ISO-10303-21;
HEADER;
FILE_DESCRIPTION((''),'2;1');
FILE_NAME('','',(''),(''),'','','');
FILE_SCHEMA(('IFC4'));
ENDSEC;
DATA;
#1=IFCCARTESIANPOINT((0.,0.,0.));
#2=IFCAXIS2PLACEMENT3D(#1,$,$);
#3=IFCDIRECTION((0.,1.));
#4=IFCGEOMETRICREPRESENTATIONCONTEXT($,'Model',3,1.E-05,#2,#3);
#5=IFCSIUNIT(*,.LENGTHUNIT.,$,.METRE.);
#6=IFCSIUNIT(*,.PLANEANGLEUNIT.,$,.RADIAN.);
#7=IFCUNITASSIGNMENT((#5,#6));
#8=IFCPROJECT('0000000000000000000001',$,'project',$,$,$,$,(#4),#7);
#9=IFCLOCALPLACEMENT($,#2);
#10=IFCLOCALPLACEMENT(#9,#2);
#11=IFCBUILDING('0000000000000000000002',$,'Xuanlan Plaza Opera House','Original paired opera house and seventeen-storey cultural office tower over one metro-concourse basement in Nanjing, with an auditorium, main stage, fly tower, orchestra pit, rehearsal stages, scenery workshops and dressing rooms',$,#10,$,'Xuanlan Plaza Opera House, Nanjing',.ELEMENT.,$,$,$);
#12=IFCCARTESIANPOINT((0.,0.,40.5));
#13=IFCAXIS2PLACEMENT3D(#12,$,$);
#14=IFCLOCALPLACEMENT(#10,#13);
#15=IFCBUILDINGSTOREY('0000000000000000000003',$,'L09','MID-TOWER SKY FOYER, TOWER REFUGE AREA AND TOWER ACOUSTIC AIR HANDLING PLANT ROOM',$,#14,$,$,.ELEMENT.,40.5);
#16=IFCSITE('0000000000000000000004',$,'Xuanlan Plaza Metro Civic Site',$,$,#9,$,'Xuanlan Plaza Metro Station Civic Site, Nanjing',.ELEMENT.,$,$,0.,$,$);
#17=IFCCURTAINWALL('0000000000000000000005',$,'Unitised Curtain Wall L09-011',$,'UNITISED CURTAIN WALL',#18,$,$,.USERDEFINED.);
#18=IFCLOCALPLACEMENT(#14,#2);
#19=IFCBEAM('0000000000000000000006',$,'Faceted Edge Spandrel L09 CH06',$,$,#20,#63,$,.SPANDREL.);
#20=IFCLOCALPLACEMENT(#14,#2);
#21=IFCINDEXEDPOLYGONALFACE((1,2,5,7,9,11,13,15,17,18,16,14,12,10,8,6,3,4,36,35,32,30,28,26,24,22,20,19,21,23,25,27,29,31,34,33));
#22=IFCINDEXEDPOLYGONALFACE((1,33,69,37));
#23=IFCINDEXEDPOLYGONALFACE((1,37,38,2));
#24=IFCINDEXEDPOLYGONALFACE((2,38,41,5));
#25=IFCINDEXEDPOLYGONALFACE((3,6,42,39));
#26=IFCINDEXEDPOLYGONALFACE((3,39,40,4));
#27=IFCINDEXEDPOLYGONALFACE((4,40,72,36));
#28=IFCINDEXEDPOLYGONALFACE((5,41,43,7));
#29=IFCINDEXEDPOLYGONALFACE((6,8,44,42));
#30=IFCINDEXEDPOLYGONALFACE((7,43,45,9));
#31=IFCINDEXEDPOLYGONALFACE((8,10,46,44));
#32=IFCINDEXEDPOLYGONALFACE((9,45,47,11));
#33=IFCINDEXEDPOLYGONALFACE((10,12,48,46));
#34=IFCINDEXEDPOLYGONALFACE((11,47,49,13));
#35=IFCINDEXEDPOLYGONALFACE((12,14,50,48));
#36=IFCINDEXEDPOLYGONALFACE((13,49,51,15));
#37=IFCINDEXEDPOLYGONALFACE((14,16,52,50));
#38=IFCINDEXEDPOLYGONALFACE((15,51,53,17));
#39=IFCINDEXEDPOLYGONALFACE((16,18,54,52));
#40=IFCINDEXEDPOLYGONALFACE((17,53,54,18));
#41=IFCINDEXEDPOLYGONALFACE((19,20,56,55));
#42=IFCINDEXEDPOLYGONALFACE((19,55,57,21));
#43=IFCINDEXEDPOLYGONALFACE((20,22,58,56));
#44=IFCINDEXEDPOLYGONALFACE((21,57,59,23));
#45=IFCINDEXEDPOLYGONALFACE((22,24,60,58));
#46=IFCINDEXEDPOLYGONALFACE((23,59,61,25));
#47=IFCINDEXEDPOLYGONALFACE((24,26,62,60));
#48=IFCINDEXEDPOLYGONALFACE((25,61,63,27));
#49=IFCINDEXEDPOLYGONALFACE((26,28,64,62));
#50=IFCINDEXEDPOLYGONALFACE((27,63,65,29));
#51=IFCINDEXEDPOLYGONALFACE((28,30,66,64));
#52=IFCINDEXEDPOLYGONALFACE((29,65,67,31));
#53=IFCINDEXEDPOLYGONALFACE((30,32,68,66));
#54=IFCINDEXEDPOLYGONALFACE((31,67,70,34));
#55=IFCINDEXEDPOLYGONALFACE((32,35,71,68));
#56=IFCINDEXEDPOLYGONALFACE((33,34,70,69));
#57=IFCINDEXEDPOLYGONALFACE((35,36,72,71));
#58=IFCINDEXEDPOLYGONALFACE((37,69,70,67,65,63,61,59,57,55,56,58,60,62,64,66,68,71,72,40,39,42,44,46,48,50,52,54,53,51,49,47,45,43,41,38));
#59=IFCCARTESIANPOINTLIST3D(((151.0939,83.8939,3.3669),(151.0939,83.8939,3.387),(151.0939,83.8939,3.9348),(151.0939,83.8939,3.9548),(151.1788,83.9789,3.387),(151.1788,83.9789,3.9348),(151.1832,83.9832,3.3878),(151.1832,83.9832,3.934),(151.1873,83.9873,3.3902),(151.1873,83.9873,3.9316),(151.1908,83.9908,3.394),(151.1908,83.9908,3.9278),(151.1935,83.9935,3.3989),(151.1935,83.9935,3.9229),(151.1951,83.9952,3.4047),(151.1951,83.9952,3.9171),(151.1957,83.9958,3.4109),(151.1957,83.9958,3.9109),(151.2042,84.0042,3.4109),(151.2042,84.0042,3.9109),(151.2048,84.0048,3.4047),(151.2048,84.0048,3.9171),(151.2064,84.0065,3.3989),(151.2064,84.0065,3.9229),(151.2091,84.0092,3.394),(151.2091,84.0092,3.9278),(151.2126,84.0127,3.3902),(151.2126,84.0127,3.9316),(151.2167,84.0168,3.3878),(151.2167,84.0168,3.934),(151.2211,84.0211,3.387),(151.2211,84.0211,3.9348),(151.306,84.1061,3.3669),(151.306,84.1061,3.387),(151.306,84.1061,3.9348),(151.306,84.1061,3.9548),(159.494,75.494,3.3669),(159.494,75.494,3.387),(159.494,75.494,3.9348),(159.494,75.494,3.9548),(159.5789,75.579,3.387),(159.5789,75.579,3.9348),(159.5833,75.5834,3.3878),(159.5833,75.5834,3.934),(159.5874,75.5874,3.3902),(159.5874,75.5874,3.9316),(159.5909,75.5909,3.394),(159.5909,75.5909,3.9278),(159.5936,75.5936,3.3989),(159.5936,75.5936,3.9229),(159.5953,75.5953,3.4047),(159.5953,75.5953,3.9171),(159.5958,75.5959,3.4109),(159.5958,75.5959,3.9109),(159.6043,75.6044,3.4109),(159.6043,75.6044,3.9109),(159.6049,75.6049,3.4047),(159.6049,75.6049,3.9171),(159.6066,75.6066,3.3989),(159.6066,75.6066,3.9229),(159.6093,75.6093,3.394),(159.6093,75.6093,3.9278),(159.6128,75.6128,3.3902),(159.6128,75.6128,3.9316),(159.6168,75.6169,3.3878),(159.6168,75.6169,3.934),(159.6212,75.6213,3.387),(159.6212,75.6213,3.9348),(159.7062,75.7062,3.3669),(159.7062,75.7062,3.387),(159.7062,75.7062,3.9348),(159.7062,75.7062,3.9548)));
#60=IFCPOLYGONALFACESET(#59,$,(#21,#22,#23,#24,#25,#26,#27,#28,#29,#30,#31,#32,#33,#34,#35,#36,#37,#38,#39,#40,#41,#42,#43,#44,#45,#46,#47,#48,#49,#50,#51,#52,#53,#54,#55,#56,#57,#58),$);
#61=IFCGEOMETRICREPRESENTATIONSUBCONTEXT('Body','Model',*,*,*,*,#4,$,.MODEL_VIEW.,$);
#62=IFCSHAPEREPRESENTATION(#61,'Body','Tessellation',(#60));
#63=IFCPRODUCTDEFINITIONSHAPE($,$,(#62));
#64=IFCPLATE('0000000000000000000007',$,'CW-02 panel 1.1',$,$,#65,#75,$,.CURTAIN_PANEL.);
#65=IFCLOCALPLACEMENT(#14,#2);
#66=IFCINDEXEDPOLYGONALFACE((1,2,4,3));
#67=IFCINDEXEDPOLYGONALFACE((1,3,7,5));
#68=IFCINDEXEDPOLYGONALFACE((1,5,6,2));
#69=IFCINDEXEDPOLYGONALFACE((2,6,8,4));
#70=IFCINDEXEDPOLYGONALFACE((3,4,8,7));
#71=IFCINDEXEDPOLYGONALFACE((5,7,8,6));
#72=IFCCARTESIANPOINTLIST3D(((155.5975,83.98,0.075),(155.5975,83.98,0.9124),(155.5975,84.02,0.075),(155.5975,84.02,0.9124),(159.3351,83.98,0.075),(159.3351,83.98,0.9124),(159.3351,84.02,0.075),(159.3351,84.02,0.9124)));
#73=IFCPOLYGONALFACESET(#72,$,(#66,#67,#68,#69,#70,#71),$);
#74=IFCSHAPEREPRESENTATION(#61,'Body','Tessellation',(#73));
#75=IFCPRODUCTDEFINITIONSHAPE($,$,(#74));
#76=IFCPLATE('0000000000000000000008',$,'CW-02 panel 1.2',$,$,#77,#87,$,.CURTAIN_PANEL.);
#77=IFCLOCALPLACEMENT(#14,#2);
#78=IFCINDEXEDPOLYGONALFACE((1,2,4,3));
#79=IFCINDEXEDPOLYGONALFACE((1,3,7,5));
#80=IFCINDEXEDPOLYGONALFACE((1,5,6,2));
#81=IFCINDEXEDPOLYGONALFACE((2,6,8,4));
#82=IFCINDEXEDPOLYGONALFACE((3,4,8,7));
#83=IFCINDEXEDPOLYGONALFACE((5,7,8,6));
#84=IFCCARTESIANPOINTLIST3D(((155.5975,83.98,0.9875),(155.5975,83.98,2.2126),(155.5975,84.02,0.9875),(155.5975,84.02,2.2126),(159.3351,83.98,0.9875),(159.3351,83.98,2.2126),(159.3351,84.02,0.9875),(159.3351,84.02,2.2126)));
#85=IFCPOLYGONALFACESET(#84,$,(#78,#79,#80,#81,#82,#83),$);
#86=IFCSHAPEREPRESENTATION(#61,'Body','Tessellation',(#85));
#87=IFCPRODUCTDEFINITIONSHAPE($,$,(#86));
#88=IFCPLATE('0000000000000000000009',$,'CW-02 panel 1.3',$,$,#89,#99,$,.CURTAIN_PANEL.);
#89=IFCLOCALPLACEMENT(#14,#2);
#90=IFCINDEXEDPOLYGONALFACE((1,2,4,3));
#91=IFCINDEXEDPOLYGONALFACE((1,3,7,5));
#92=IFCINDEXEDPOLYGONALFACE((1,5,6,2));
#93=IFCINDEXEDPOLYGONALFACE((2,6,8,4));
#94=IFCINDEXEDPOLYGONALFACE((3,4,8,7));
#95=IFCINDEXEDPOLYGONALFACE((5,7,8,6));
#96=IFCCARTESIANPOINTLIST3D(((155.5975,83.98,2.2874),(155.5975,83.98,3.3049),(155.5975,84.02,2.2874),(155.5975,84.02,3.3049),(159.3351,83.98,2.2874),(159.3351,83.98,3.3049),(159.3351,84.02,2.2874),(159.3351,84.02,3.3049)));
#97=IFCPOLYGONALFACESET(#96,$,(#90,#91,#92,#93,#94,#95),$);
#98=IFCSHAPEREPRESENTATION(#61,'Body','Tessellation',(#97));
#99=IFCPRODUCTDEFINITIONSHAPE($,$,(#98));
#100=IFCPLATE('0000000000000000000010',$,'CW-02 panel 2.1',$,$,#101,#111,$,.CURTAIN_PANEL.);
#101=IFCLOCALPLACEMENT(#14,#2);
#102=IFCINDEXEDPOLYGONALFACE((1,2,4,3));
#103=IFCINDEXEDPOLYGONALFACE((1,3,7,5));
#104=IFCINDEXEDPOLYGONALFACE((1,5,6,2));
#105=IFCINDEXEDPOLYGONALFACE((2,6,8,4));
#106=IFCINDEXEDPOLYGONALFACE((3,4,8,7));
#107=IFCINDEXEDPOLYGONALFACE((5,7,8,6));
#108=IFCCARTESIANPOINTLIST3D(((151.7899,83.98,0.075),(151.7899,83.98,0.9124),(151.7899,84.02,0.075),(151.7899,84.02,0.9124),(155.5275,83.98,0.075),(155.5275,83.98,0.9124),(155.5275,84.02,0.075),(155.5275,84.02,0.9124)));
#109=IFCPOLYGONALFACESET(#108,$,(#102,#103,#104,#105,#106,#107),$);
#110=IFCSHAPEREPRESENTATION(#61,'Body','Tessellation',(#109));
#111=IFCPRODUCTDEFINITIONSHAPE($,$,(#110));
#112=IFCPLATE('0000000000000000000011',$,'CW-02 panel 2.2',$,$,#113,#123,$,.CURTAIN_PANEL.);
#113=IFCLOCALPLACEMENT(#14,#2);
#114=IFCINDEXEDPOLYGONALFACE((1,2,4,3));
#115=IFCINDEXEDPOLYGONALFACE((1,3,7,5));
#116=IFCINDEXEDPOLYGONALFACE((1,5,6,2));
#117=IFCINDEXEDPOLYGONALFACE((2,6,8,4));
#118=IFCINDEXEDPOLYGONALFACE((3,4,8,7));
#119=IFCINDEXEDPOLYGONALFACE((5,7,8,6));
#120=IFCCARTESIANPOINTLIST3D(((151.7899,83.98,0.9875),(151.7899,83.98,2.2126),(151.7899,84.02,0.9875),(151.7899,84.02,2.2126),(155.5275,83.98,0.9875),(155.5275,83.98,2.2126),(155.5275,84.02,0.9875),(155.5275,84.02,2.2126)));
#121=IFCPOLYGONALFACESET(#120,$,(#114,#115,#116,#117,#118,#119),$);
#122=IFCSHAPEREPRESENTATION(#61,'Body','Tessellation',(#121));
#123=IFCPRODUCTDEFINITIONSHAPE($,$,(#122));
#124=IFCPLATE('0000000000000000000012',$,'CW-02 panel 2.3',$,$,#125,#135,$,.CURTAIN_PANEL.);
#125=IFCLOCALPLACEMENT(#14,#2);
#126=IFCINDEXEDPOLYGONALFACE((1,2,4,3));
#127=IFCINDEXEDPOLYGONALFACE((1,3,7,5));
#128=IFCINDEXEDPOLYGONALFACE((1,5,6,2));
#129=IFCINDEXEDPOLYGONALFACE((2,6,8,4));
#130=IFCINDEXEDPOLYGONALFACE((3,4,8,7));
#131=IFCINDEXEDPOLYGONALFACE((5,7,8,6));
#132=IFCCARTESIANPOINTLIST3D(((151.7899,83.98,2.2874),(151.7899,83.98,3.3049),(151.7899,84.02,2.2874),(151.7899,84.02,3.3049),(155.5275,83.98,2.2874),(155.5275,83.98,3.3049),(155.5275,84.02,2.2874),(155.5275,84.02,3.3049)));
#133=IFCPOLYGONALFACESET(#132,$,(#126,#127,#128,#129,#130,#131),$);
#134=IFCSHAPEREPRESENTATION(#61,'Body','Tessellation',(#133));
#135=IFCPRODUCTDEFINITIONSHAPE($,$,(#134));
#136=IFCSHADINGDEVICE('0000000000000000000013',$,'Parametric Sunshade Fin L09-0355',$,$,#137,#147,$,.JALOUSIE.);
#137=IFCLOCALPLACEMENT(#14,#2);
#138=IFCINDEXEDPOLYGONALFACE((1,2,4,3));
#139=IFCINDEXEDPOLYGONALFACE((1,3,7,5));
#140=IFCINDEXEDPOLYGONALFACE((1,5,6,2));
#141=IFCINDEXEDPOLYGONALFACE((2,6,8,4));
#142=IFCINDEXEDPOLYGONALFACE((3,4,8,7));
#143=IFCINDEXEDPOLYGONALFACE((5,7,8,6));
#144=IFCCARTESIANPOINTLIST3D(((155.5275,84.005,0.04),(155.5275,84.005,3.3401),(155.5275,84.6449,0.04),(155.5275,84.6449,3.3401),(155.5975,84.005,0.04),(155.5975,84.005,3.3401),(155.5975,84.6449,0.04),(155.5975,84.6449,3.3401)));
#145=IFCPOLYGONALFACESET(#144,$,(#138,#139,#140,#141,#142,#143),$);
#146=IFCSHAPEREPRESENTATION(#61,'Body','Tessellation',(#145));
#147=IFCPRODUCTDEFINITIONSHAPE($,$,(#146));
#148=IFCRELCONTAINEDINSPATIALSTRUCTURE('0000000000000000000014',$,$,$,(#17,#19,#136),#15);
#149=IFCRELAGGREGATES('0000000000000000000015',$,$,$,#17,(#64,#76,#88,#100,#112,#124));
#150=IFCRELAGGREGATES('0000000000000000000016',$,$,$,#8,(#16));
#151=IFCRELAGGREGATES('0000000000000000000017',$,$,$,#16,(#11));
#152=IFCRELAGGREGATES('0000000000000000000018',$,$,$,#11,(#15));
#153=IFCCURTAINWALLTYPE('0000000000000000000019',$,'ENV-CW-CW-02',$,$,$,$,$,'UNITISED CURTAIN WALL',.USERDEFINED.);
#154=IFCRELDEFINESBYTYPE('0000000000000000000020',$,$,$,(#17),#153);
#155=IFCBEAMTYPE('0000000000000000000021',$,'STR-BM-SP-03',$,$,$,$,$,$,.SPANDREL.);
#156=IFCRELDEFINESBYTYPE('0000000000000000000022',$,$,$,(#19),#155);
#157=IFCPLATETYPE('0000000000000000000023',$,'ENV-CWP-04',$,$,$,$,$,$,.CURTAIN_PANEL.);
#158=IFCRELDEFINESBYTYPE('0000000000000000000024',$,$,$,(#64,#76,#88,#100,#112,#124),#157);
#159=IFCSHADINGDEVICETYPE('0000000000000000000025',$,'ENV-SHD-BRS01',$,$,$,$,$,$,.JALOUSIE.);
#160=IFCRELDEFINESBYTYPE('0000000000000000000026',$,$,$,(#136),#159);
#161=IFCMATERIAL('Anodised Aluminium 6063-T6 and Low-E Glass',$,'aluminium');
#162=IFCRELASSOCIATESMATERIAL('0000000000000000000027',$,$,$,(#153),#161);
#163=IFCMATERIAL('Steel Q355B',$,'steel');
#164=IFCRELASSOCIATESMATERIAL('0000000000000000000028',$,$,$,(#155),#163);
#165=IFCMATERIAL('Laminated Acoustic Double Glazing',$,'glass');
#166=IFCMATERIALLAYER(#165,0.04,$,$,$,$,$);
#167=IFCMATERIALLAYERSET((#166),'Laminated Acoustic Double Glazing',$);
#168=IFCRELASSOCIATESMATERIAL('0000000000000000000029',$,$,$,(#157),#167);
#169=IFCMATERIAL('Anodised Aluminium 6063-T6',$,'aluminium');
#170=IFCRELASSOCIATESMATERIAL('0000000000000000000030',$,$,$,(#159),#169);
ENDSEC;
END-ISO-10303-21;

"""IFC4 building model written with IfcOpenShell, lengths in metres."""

from ifc_helpers import new_model, si_unit, direction, frame, origin, origin_2d, place, context, subcontext, project, spatial, rectangle, i_section, extrude, material, layer, layer_set, material_profile, profile_set, type_object, element, aggregate, save


model = new_model("IFC4")

# Units and contexts
model_context = context("Model", 3, precision=1e-05, world=origin(), true_north=direction((0.0, 1.0)))
body_context = subcontext(model_context, "Body", "Model", "MODEL_VIEW")
ifc_project = project(units=[si_unit("LENGTHUNIT", "METRE"), si_unit("PLANEANGLEUNIT", "RADIAN")], contexts=[model_context])

# Site, building, storey
site_placement = place(None, origin())
site = spatial("IfcSite", under=ifc_project, at=site_placement, Name="Xuanlan Plaza Metro Civic Site", LongName="Xuanlan Plaza Metro Station Civic Site, Nanjing", CompositionType="ELEMENT", RefElevation=0.0)
building_placement = place(site_placement, origin())
building = spatial("IfcBuilding", under=site, at=building_placement, Name="Xuanlan Plaza Opera House", Description="Original paired opera house and seventeen-storey cultural office tower over one metro-concourse basement in Nanjing, with an auditorium, main stage, fly tower, orchestra pit, rehearsal stages, scenery workshops and dressing rooms", LongName="Xuanlan Plaza Opera House, Nanjing", CompositionType="ELEMENT")
storey_placement = place(building_placement, frame((0.0, 0.0, 40.5)))
storey = spatial("IfcBuildingStorey", under=building, at=storey_placement, Name="L09", Description="MID-TOWER SKY FOYER, TOWER REFUGE AREA AND TOWER ACOUSTIC AIR HANDLING PLANT ROOM", CompositionType="ELEMENT", Elevation=40.5)

# Shared definitions
ifc_material_1 = material(Name="Steel Q355B", Category="steel")

# Curtain wall
ifc_material_2 = material(Name="Anodised Aluminium 6063-T6 and Low-E Glass", Category="aluminium")
curtain_wall_type = type_object("IfcCurtainWallType", Name="ENV-CW-CW-02", ElementType="UNITISED CURTAIN WALL", PredefinedType="USERDEFINED", material=ifc_material_2)
curtain_wall_placement = place(storey_placement, origin())
curtain_wall = element("IfcCurtainWall", 1, at=curtain_wall_placement, inside=storey, type_object=curtain_wall_type, Name="Unitised Curtain Wall L09-011", ObjectType="UNITISED CURTAIN WALL", PredefinedType="USERDEFINED")
ifc_material_3 = material(Name="Anodised Aluminium 6063-T6", Category="aluminium")

# Beam
ifc_material_profile_1 = material_profile(ifc_material_1, i_section(OverallWidth=0.3, OverallDepth=0.5879, WebThickness=0.012, FlangeThickness=0.02, FilletRadius=0.0239, at=origin_2d()), Name="HM 588x300x12x20")
ifc_profile_set_1 = profile_set([ifc_material_profile_1], Name="Steel Q355B")
beam_type_1 = type_object("IfcBeamType", Name="STR-BM-SP-03", PredefinedType="SPANDREL", material=ifc_profile_set_1)
beam_1_placement = place(storey_placement, frame((151.2, 84.0, 3.6609), z_axis=(0.707117, -0.707097, 0.0), x_axis=(0.707097, 0.707117, 0.0)))
element("IfcBeam", 2, at=beam_1_placement, inside=storey, type_object=beam_type_1, Name="Faceted Edge Spandrel L09 CH06", PredefinedType="SPANDREL", context=body_context, shape_type="SweptSolid", body=[
    extrude(i_section(OverallWidth=0.3, OverallDepth=0.5879, WebThickness=0.012, FlangeThickness=0.02, FilletRadius=0.0239, at=origin_2d()), origin(), (0.0, 0.0, 1.0), 11.8794),
])

# Plates
ifc_material_4 = material(Name="Laminated Acoustic Double Glazing", Category="glass")
ifc_layer = layer(ifc_material_4, 0.04)
ifc_layer_set = layer_set([ifc_layer], Name="Laminated Acoustic Double Glazing")
plate_type = type_object("IfcPlateType", Name="ENV-CWP-04", PredefinedType="CURTAIN_PANEL", material=ifc_layer_set)
plate_1_placement = place(storey_placement, frame((157.4663, 84.0, 0.075), z_axis=(0.0, 0.0, 1.0), x_axis=(-1.0, 0.0, 0.0)))
plate_1 = element("IfcPlate", 3, at=plate_1_placement, type_object=plate_type, Name="CW-02 panel 1.1", PredefinedType="CURTAIN_PANEL", context=body_context, shape_type="SweptSolid", body=[
    extrude(rectangle(XDim=3.7375, YDim=0.04, at=origin_2d()), origin(), (0.0, 0.0, 1.0), 0.8374),
])
plate_2_placement = place(storey_placement, frame((157.4663, 84.0, 0.9875), z_axis=(0.0, 0.0, 1.0), x_axis=(-1.0, 0.0, 0.0)))
plate_2 = element("IfcPlate", 4, at=plate_2_placement, type_object=plate_type, Name="CW-02 panel 1.2", PredefinedType="CURTAIN_PANEL", context=body_context, shape_type="SweptSolid", body=[
    extrude(rectangle(XDim=3.7375, YDim=0.04, at=origin_2d()), origin(), (0.0, 0.0, 1.0), 1.2251),
])
plate_3_placement = place(storey_placement, frame((157.4663, 84.0, 2.2874), z_axis=(0.0, 0.0, 1.0), x_axis=(-1.0, 0.0, 0.0)))
plate_3 = element("IfcPlate", 5, at=plate_3_placement, type_object=plate_type, Name="CW-02 panel 1.3", PredefinedType="CURTAIN_PANEL", context=body_context, shape_type="SweptSolid", body=[
    extrude(rectangle(XDim=3.7375, YDim=0.04, at=origin_2d()), origin(), (0.0, 0.0, 1.0), 1.0176),
])
plate_4_placement = place(storey_placement, frame((153.6587, 84.0, 0.075), z_axis=(0.0, 0.0, 1.0), x_axis=(-1.0, 0.0, 0.0)))
plate_4 = element("IfcPlate", 6, at=plate_4_placement, type_object=plate_type, Name="CW-02 panel 2.1", PredefinedType="CURTAIN_PANEL", context=body_context, shape_type="SweptSolid", body=[
    extrude(rectangle(XDim=3.7375, YDim=0.04, at=origin_2d()), origin(), (0.0, 0.0, 1.0), 0.8374),
])
plate_5_placement = place(storey_placement, frame((153.6587, 84.0, 0.9875), z_axis=(0.0, 0.0, 1.0), x_axis=(-1.0, 0.0, 0.0)))
plate_5 = element("IfcPlate", 7, at=plate_5_placement, type_object=plate_type, Name="CW-02 panel 2.2", PredefinedType="CURTAIN_PANEL", context=body_context, shape_type="SweptSolid", body=[
    extrude(rectangle(XDim=3.7375, YDim=0.04, at=origin_2d()), origin(), (0.0, 0.0, 1.0), 1.2251),
])
plate_6_placement = place(storey_placement, frame((153.6587, 84.0, 2.2874), z_axis=(0.0, 0.0, 1.0), x_axis=(-1.0, 0.0, 0.0)))
plate_6 = element("IfcPlate", 8, at=plate_6_placement, type_object=plate_type, Name="CW-02 panel 2.3", PredefinedType="CURTAIN_PANEL", context=body_context, shape_type="SweptSolid", body=[
    extrude(rectangle(XDim=3.7375, YDim=0.04, at=origin_2d()), origin(), (0.0, 0.0, 1.0), 1.0176),
])
aggregate(curtain_wall, [plate_1, plate_2, plate_3, plate_4, plate_5, plate_6])

# Shading device
shading_device_type = type_object("IfcShadingDeviceType", Name="ENV-SHD-BRS01", PredefinedType="JALOUSIE", material=ifc_material_3)
shading_device_placement = place(storey_placement, frame((155.5625, 84.325, 0.04), z_axis=(0.0, 0.0, 1.0), x_axis=(0.0, 1.0, 0.0)))
element("IfcShadingDevice", 9, at=shading_device_placement, inside=storey, type_object=shading_device_type, Name="Parametric Sunshade Fin L09-0355", PredefinedType="JALOUSIE", context=body_context, shape_type="SweptSolid", body=[
    extrude(rectangle(XDim=0.6399, YDim=0.0701, at=origin_2d()), origin(), (0.0, 0.0, 1.0), 3.3),
])

save(model, "model.ifc")
